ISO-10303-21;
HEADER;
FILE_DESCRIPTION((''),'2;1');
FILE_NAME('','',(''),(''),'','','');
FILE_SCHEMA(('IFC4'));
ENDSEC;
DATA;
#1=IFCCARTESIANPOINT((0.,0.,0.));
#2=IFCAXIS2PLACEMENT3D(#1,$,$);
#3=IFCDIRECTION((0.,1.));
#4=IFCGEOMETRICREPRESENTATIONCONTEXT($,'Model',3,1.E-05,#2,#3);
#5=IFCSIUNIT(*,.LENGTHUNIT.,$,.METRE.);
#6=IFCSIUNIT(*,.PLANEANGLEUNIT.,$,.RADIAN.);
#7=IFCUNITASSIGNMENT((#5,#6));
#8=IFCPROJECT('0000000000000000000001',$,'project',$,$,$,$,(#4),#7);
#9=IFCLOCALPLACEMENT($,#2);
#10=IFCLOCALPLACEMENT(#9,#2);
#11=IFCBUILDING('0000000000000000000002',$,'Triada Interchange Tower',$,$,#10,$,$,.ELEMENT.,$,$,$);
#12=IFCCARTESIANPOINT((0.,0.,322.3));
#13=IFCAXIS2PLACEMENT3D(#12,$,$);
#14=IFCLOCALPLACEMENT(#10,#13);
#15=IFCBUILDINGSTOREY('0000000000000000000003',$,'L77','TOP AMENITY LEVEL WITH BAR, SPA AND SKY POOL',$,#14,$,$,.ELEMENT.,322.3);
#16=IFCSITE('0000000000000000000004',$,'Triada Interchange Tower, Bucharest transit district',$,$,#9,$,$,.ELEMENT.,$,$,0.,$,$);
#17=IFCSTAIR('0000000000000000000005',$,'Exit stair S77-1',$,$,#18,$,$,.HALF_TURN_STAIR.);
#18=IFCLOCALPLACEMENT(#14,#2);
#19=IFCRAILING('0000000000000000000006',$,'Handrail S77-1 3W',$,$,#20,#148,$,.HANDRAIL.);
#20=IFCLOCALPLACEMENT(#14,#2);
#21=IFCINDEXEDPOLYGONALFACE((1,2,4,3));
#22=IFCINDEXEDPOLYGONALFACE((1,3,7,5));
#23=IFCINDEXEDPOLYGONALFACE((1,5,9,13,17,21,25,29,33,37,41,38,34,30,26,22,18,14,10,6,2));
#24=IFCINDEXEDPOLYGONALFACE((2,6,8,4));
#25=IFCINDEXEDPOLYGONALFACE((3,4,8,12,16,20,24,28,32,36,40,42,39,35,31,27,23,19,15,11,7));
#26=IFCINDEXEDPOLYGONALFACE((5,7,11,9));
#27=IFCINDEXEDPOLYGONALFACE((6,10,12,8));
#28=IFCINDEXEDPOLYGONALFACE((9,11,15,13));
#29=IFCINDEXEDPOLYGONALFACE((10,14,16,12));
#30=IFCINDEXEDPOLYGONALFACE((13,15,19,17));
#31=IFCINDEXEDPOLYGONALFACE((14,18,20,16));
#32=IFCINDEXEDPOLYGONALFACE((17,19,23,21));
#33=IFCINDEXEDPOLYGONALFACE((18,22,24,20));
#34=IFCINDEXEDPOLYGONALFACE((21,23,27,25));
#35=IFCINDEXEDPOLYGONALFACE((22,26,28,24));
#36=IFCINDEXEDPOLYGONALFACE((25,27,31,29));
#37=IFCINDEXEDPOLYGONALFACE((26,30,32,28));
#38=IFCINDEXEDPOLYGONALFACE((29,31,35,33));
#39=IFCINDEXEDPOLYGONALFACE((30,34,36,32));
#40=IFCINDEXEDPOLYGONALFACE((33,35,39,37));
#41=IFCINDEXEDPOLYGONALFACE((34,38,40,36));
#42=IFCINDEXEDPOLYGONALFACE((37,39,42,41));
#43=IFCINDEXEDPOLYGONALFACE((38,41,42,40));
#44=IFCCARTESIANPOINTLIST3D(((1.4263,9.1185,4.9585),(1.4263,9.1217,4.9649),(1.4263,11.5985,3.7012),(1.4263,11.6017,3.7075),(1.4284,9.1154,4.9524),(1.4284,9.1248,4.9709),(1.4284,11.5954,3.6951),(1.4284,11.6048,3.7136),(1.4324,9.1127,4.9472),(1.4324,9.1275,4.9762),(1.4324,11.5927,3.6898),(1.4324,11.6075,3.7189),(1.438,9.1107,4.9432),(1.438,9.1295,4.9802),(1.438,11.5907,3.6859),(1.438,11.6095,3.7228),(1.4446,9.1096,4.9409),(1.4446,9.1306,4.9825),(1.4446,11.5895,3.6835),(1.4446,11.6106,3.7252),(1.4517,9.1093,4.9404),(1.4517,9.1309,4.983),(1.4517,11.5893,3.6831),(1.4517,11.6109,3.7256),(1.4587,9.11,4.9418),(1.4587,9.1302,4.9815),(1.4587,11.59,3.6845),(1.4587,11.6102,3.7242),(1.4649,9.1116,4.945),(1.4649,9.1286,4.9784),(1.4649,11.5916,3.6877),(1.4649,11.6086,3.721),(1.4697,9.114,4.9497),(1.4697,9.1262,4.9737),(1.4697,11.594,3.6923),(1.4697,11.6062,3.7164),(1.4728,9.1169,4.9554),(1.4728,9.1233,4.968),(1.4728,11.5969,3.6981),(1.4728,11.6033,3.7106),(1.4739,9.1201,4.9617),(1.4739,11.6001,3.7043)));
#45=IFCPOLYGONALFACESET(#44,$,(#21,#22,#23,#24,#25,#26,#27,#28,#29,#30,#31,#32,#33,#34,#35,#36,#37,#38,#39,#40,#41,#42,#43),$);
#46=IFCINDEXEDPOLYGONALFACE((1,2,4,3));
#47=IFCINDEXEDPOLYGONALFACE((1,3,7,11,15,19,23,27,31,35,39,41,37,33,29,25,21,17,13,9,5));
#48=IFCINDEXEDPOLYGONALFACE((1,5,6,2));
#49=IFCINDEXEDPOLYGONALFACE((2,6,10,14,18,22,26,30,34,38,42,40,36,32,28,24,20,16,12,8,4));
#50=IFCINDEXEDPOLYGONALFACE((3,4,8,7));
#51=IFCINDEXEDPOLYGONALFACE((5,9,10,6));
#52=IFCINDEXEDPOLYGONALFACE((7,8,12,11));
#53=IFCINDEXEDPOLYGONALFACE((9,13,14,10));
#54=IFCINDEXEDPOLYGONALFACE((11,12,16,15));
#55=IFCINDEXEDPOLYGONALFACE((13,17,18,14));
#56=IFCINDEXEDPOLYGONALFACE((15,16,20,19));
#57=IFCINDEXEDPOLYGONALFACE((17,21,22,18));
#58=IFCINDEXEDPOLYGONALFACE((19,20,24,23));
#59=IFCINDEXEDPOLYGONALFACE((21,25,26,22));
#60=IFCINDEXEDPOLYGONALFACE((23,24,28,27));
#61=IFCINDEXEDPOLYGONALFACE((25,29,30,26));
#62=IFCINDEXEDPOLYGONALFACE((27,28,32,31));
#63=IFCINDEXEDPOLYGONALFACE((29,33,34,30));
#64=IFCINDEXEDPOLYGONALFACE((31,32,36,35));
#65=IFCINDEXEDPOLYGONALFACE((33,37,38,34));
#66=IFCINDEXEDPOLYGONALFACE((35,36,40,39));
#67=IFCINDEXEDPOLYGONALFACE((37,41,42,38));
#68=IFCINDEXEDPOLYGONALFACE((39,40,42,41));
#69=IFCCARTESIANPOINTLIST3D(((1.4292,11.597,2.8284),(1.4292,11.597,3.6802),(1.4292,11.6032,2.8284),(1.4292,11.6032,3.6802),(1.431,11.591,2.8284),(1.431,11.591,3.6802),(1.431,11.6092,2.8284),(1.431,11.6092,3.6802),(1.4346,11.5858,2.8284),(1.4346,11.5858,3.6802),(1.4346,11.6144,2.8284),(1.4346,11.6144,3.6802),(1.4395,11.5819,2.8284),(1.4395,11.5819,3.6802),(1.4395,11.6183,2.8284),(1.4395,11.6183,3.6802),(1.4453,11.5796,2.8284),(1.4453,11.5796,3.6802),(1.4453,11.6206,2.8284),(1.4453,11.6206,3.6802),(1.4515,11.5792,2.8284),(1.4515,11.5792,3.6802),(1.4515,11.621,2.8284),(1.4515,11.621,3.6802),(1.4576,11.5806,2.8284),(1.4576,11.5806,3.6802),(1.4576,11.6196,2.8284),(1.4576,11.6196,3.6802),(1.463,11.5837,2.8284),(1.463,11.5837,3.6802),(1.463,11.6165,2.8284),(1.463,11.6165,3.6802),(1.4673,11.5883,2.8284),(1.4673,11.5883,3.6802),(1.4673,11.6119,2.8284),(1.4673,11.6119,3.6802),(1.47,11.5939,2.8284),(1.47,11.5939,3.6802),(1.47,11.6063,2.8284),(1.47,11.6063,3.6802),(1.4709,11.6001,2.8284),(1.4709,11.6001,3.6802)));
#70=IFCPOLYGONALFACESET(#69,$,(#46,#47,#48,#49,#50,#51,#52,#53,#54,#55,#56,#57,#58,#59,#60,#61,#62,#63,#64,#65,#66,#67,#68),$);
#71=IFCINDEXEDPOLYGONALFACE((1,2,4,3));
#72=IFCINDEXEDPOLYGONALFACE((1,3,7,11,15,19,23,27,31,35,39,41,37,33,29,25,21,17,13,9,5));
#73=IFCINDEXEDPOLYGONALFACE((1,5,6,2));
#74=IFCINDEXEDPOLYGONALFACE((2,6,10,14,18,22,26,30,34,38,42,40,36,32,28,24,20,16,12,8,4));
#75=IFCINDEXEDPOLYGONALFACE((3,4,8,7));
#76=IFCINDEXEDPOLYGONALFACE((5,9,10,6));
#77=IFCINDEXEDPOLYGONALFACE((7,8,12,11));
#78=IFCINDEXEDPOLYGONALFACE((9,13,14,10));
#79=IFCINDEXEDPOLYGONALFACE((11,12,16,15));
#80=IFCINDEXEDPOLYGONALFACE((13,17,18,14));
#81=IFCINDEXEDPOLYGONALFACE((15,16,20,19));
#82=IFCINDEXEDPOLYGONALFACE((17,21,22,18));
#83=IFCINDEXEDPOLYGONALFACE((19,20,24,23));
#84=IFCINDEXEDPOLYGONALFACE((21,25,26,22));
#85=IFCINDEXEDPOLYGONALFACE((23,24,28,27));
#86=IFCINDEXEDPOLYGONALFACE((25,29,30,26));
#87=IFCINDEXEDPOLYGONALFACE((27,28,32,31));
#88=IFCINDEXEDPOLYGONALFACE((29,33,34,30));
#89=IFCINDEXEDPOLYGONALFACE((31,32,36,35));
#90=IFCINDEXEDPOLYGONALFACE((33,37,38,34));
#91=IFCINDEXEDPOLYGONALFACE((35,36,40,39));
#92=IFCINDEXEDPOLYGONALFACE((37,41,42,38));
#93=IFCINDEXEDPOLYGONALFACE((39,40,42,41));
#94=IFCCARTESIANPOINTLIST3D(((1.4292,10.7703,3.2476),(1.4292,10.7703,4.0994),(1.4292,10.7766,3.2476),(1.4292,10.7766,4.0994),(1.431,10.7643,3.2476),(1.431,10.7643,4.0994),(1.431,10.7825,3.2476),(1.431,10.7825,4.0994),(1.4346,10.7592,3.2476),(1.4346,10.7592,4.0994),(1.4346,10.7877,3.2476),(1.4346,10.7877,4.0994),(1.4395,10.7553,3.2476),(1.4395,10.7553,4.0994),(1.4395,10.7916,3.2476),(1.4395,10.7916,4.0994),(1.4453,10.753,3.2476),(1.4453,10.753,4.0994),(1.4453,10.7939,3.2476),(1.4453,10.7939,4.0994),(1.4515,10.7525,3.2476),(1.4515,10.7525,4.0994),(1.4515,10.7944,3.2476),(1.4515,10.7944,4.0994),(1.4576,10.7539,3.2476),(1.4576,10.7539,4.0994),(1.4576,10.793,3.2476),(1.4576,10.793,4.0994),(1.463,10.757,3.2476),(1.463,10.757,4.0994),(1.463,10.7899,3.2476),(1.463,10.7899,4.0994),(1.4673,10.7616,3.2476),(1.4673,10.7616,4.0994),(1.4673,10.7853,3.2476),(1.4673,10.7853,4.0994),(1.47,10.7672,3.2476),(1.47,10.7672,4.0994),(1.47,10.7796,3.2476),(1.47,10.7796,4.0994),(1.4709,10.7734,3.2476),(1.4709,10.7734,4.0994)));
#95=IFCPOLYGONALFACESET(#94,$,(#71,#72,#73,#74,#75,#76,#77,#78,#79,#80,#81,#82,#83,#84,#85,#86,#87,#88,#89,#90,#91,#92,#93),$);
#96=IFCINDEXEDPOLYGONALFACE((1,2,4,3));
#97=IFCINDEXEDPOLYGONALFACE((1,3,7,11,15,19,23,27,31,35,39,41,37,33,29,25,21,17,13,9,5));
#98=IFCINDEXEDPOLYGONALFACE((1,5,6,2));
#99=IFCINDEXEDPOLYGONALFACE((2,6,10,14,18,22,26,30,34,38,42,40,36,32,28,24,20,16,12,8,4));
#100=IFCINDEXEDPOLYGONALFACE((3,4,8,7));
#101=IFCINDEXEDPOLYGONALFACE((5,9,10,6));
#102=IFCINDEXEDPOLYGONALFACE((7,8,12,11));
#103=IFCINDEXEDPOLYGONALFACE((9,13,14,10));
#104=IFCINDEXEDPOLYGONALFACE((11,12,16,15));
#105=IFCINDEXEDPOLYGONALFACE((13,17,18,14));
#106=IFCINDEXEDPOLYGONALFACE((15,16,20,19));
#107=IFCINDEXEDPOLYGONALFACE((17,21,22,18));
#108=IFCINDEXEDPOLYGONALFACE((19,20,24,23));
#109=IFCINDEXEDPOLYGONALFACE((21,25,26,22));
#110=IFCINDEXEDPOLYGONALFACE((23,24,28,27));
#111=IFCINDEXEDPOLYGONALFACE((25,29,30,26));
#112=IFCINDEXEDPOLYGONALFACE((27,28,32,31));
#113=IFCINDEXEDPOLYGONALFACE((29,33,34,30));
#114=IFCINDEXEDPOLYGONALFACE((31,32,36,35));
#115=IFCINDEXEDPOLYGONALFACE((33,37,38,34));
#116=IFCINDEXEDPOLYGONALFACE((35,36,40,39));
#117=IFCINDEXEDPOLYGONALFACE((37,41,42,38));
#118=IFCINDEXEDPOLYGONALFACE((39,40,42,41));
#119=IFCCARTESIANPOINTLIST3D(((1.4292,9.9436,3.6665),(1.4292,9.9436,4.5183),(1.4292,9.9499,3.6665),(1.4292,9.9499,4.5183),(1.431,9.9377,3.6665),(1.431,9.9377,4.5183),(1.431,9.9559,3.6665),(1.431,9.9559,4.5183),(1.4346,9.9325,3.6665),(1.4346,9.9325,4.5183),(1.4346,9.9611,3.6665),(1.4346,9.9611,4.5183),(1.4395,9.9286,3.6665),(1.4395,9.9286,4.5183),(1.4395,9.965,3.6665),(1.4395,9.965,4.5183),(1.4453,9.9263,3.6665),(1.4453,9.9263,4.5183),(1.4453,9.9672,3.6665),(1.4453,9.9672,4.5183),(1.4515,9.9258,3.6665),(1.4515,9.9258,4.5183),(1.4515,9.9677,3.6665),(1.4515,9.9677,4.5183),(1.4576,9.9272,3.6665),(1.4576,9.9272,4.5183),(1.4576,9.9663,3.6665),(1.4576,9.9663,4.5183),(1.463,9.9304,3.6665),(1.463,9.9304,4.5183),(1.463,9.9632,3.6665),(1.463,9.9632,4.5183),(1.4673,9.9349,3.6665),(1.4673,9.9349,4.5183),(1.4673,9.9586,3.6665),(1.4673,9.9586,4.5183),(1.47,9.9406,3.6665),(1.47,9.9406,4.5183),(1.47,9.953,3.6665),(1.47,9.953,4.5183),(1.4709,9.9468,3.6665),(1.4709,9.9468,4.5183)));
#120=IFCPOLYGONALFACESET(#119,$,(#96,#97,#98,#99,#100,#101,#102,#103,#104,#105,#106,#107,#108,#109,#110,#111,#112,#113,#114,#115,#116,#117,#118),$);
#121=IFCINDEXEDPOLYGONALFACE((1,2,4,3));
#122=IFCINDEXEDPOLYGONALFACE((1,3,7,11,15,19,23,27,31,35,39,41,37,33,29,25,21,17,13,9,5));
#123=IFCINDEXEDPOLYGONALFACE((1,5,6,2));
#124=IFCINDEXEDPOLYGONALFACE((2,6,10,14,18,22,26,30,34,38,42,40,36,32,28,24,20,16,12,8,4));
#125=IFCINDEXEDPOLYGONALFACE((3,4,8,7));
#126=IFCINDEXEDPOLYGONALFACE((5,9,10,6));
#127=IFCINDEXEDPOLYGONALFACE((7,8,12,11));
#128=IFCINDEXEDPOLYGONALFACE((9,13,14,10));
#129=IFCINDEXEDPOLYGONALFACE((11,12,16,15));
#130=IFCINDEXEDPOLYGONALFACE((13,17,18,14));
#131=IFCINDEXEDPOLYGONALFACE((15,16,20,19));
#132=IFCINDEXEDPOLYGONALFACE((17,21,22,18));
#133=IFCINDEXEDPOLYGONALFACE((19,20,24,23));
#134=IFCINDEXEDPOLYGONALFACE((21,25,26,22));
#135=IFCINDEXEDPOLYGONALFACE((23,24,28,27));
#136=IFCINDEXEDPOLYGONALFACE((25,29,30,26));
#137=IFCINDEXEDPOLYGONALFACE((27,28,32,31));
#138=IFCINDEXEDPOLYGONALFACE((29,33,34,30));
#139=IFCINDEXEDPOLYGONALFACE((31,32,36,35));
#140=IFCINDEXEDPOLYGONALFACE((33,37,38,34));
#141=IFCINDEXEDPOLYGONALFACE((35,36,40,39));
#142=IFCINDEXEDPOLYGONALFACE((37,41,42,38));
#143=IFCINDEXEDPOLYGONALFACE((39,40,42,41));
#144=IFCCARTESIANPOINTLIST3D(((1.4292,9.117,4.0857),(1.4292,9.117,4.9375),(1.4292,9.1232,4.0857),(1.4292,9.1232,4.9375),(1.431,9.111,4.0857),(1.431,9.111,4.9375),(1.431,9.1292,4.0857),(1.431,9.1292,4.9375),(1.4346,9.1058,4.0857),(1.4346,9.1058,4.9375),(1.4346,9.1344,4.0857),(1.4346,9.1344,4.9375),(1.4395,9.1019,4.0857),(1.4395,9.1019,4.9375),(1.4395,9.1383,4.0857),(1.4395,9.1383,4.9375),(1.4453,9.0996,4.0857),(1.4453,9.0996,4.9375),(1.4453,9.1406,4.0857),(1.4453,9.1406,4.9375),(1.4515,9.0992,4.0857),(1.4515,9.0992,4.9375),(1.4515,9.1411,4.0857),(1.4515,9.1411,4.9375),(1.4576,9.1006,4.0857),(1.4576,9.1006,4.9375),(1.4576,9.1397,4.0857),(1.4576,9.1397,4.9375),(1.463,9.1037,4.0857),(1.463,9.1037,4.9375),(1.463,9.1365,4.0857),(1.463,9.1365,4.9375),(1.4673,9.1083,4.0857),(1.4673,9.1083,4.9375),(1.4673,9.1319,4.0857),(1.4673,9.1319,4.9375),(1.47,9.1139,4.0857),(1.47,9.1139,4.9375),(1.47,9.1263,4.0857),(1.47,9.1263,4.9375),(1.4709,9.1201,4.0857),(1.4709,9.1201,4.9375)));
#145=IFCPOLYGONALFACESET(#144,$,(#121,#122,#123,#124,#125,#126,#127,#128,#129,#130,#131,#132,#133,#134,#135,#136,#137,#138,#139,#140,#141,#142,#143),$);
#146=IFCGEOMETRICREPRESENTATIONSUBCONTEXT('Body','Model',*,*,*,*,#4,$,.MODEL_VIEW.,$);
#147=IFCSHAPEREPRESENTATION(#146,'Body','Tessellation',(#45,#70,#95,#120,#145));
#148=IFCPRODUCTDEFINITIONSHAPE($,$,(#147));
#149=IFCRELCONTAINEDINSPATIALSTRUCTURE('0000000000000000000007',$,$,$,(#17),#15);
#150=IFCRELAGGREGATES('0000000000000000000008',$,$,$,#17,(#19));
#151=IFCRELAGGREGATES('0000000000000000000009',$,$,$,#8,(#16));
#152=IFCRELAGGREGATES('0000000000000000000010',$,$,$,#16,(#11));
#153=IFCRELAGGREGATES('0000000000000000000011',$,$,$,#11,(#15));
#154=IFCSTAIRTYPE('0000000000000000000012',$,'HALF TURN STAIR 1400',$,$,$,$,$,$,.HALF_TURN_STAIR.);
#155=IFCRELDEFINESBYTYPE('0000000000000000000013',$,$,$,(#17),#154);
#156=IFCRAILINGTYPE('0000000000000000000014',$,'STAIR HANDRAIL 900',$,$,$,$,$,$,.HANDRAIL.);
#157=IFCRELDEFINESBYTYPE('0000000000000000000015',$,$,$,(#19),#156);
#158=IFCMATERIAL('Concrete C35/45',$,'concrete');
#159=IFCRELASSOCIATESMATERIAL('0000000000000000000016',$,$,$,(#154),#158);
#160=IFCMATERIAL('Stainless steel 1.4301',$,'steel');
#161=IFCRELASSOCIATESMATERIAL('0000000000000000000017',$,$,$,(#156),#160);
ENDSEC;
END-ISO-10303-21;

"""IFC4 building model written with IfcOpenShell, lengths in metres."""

from ifc_helpers import new_model, si_unit, direction, frame, origin, origin_2d, place, context, subcontext, project, spatial, circle, extrude, material, type_object, element, aggregate, save


model = new_model("IFC4")

# Units and contexts
model_context = context("Model", 3, precision=1e-05, world=origin(), true_north=direction((0.0, 1.0)))
body_context = subcontext(model_context, "Body", "Model", "MODEL_VIEW")
ifc_project = project(units=[si_unit("LENGTHUNIT", "METRE"), si_unit("PLANEANGLEUNIT", "RADIAN")], contexts=[model_context])

# Site, building, storey
site_placement = place(None, origin())
site = spatial("IfcSite", under=ifc_project, at=site_placement, Name="Triada Interchange Tower, Bucharest transit district", CompositionType="ELEMENT", RefElevation=0.0)
building_placement = place(site_placement, origin())
building = spatial("IfcBuilding", under=site, at=building_placement, Name="Triada Interchange Tower", CompositionType="ELEMENT")
storey_placement = place(building_placement, frame((0.0, 0.0, 322.3)))
storey = spatial("IfcBuildingStorey", under=building, at=storey_placement, Name="L77", Description="TOP AMENITY LEVEL WITH BAR, SPA AND SKY POOL", CompositionType="ELEMENT", Elevation=322.3)

# Shared definitions
ifc_material_1 = material(Name="Concrete C35/45", Category="concrete")

# Stair, railing
stair_type = type_object("IfcStairType", Name="HALF TURN STAIR 1400", PredefinedType="HALF_TURN_STAIR", material=ifc_material_1)
stair_placement = place(storey_placement, origin())
stair = element("IfcStair", 1, at=stair_placement, inside=storey, type_object=stair_type, Name="Exit stair S77-1", PredefinedType="HALF_TURN_STAIR")
ifc_material_2 = material(Name="Stainless steel 1.4301", Category="steel")
railing_type_1 = type_object("IfcRailingType", Name="STAIR HANDRAIL 900", PredefinedType="HANDRAIL", material=ifc_material_2)
railing_1_placement = place(storey_placement, frame((1.45, 11.6001, 2.8284)))
railing_1 = element("IfcRailing", 2, at=railing_1_placement, type_object=railing_type_1, Name="Handrail S77-1 3W", PredefinedType="HANDRAIL", context=body_context, shape_type="SweptSolid", body=[
    extrude(circle(Radius=0.0239, at=origin_2d()), frame((0.0, 0.0, 0.876), z_axis=(0.0, -0.89192, 0.452194), x_axis=(1.0, 0.0, 0.0)), (0.0, 0.0, 1.0), 2.7805),
    extrude(circle(Radius=0.021, at=origin_2d()), origin(), (0.0, 0.0, 1.0), 0.8518),
    extrude(circle(Radius=0.021, at=origin_2d()), frame((0.0, -0.8267, 0.4192)), (0.0, 0.0, 1.0), 0.8518),
    extrude(circle(Radius=0.021, at=origin_2d()), frame((0.0, -1.6533, 0.8381)), (0.0, 0.0, 1.0), 0.8518),
    extrude(circle(Radius=0.021, at=origin_2d()), frame((0.0, -2.48, 1.2573)), (0.0, 0.0, 1.0), 0.8518),
])
aggregate(stair, [railing_1])

save(model, "model.ifc")
